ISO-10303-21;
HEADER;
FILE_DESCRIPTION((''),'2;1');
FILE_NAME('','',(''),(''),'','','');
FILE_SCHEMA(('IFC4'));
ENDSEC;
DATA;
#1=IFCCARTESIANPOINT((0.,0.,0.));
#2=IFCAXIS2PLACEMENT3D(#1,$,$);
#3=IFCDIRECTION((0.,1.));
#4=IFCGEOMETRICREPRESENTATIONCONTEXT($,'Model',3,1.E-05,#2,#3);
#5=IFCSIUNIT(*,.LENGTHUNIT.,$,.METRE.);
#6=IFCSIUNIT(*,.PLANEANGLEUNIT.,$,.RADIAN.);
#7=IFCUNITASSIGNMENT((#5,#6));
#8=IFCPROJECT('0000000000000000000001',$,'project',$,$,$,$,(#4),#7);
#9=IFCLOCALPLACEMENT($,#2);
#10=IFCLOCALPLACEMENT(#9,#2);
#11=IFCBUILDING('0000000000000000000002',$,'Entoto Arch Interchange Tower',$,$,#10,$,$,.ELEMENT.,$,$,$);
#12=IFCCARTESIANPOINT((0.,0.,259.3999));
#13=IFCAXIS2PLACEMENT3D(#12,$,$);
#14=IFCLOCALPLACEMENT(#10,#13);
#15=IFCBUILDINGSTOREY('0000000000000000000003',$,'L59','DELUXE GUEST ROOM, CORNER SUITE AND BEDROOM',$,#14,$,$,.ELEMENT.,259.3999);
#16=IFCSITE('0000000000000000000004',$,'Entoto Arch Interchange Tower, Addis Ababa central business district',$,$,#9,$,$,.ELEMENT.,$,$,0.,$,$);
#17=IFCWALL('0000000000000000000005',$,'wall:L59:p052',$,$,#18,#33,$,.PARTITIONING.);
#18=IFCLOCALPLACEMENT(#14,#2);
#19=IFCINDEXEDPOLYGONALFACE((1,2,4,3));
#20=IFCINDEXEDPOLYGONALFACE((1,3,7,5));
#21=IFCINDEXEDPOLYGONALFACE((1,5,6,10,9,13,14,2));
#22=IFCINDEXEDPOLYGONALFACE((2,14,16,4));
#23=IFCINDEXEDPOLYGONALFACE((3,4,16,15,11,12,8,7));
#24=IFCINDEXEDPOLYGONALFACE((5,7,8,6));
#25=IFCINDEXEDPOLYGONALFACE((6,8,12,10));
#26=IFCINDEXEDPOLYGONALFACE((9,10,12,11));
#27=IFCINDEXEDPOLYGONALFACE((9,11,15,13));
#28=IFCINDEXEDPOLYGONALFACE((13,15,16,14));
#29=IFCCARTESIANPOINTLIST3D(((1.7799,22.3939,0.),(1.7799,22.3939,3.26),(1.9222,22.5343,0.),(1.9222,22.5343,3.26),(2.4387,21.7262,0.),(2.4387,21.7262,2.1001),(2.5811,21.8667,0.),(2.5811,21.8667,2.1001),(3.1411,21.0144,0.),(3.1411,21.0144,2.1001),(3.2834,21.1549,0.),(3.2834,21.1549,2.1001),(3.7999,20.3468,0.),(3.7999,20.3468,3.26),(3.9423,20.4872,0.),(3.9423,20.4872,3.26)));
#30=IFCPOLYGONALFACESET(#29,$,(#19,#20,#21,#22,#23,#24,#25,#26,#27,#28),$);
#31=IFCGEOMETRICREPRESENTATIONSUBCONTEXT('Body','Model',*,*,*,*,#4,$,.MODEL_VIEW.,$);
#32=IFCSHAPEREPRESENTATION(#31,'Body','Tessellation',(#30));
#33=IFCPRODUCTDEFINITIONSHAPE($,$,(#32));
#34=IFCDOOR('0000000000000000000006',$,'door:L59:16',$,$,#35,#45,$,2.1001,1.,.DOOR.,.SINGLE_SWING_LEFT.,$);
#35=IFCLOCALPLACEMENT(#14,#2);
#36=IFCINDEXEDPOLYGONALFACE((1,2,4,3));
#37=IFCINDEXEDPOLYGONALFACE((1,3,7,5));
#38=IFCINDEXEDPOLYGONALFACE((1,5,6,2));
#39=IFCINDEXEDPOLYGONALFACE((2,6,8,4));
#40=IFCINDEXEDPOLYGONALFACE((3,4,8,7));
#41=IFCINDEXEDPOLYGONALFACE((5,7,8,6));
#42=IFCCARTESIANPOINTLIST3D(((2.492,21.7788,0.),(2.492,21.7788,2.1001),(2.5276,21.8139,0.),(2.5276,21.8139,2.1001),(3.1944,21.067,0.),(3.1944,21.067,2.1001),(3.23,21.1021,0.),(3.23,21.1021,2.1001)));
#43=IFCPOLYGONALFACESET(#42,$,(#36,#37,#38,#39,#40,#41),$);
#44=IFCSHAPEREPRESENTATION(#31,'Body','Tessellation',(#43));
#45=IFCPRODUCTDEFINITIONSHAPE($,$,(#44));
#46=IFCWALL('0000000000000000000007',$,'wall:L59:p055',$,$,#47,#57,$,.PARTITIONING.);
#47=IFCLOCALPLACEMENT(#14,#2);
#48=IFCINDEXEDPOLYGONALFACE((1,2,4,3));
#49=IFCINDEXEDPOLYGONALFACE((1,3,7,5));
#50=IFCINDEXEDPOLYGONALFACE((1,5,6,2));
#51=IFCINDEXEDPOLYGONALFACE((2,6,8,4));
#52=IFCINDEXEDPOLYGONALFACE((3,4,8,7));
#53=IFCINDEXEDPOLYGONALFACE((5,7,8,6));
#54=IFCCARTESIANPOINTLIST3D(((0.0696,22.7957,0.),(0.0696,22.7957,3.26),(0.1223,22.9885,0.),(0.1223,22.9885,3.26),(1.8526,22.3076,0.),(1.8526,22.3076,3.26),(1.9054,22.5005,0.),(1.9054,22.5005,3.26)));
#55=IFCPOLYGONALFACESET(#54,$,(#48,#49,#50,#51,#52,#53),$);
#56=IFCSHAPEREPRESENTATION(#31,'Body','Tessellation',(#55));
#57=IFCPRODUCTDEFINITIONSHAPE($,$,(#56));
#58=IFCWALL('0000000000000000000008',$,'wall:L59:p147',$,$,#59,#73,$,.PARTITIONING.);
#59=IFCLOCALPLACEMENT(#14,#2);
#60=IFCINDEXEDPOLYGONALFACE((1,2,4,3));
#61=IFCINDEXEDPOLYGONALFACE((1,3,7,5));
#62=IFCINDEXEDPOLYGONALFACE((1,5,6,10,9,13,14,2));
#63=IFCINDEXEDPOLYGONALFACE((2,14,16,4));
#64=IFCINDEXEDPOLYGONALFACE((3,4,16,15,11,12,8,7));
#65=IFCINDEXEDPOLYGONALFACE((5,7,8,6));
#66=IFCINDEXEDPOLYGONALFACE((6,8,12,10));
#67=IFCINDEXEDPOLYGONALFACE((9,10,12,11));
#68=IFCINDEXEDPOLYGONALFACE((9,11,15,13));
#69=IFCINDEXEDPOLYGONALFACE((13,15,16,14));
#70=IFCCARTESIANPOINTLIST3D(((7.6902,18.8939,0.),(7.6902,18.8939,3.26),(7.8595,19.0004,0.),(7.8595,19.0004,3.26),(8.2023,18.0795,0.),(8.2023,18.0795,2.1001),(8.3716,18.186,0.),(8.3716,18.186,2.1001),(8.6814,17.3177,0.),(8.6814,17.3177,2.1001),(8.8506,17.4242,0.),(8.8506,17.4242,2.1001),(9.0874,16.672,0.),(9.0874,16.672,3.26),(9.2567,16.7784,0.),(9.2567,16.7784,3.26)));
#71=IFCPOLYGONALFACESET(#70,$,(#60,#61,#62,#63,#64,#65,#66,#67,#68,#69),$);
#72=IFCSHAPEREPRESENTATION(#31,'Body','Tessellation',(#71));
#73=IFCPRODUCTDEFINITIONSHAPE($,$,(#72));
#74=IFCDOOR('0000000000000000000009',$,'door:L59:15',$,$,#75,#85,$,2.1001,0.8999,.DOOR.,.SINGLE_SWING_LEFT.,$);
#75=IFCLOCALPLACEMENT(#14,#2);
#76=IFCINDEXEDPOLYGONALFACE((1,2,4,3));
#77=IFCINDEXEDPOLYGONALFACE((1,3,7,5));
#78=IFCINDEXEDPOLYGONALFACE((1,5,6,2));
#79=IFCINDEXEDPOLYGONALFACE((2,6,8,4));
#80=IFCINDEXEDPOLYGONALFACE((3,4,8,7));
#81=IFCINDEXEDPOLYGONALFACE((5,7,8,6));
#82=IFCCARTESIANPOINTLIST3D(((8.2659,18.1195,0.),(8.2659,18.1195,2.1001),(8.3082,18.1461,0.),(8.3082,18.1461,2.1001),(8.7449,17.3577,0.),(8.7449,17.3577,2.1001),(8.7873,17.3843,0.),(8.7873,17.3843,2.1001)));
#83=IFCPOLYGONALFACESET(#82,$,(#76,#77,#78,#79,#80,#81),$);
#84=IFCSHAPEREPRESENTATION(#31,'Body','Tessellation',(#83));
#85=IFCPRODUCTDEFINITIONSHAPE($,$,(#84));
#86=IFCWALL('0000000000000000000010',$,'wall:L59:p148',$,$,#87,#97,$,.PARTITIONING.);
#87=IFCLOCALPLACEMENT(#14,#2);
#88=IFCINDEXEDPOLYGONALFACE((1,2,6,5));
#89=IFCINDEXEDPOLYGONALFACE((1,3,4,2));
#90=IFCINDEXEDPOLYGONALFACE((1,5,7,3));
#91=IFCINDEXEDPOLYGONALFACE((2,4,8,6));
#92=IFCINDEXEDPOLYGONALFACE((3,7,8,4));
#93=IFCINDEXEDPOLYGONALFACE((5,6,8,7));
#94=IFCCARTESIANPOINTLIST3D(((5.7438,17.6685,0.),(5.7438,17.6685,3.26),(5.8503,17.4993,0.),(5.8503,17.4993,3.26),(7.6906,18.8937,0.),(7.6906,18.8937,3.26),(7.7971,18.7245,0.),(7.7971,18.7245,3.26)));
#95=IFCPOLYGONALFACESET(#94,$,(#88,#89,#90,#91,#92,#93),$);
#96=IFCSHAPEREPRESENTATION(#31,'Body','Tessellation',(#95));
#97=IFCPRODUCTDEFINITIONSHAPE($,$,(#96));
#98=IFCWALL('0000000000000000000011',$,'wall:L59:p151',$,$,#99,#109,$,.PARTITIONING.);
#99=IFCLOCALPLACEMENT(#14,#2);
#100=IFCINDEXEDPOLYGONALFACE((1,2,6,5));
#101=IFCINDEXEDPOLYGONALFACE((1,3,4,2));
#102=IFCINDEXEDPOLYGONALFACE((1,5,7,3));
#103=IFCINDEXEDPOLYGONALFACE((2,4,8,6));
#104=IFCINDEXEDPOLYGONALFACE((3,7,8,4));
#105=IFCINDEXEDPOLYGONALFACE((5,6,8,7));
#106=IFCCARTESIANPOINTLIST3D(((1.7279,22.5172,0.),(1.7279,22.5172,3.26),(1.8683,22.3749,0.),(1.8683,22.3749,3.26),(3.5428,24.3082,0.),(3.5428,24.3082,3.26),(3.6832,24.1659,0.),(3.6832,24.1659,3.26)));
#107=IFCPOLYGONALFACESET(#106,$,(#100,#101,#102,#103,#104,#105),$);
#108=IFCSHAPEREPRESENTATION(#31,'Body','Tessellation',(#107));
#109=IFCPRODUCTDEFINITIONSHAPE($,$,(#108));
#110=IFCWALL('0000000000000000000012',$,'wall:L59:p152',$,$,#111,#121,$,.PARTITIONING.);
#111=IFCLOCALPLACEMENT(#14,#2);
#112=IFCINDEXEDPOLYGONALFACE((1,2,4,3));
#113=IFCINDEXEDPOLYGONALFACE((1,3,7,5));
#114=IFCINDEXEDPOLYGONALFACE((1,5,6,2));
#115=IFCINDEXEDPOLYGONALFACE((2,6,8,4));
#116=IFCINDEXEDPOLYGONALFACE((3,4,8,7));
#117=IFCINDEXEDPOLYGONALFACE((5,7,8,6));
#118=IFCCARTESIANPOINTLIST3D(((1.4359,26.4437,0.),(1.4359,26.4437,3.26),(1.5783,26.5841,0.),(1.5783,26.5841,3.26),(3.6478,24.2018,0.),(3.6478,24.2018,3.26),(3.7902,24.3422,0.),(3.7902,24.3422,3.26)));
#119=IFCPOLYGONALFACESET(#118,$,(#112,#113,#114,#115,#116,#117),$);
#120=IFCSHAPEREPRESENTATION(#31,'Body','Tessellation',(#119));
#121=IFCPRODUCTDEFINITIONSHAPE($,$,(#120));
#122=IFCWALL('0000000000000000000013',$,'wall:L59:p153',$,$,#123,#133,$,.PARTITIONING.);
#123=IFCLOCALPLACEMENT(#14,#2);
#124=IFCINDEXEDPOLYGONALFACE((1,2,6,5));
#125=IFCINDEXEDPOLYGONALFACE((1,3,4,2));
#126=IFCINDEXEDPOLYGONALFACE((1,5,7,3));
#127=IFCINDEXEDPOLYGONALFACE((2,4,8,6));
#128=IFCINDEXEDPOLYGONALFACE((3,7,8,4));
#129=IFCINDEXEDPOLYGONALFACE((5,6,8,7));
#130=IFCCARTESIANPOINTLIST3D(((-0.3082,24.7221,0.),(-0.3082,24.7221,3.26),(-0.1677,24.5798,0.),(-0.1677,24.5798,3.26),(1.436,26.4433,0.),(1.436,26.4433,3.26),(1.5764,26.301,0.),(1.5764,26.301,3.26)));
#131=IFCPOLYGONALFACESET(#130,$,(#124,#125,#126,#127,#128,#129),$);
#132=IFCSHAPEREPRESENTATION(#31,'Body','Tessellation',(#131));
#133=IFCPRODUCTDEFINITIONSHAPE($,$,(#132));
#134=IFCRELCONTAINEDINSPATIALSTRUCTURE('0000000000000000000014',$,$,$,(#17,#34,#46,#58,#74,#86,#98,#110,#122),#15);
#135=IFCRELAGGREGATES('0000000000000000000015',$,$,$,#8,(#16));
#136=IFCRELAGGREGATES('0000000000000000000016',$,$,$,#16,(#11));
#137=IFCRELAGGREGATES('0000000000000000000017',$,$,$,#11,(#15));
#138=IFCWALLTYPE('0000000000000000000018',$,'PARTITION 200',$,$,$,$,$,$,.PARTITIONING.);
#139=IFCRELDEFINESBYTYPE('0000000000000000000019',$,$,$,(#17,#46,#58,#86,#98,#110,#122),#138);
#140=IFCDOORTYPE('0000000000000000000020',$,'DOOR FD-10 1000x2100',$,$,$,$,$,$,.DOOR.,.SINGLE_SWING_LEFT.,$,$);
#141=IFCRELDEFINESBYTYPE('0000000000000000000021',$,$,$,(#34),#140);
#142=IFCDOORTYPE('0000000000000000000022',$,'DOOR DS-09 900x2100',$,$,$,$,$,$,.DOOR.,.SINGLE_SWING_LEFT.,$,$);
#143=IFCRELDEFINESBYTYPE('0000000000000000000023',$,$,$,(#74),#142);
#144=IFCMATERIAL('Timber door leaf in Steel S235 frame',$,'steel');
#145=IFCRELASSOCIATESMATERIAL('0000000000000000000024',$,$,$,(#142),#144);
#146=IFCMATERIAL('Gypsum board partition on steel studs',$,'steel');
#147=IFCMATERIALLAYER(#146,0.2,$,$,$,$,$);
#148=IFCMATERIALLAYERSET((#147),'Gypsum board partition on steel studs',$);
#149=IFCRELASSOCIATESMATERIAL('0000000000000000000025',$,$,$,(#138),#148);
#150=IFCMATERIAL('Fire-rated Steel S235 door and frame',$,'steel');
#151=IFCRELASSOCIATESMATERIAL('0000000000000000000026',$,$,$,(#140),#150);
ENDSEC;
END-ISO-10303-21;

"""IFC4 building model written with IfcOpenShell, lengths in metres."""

from ifc_helpers import new_model, si_unit, direction, frame, frame_2d, origin, place, context, subcontext, project, spatial, rectangle, extrude, material, layer, layer_set, type_object, element, fill, save


model = new_model("IFC4")

# Units and contexts
model_context = context("Model", 3, precision=1e-05, world=origin(), true_north=direction((0.0, 1.0)))
body_context = subcontext(model_context, "Body", "Model", "MODEL_VIEW")
ifc_project = project(units=[si_unit("LENGTHUNIT", "METRE"), si_unit("PLANEANGLEUNIT", "RADIAN")], contexts=[model_context])

# Site, building, storey
site_placement = place(None, origin())
site = spatial("IfcSite", under=ifc_project, at=site_placement, Name="Entoto Arch Interchange Tower, Addis Ababa central business district", CompositionType="ELEMENT", RefElevation=0.0)
building_placement = place(site_placement, origin())
building = spatial("IfcBuilding", under=site, at=building_placement, Name="Entoto Arch Interchange Tower", CompositionType="ELEMENT")
storey_placement = place(building_placement, frame((0.0, 0.0, 259.3999)))
storey = spatial("IfcBuildingStorey", under=building, at=storey_placement, Name="L59", Description="DELUXE GUEST ROOM, CORNER SUITE AND BEDROOM", CompositionType="ELEMENT", Elevation=259.3999)

# Shared definitions
ifc_material_1 = material(Name="Gypsum board partition on steel studs", Category="steel")
ifc_material_2 = material(Name="Timber door leaf in Steel S235 frame", Category="steel")
door_type_1 = type_object("IfcDoorType", Name="DOOR DS-09 900x2100", OperationType="SINGLE_SWING_LEFT", PredefinedType="DOOR", material=ifc_material_2)

# Shared definitions
ifc_layer_1 = layer(ifc_material_1, 0.2)
ifc_layer_set_1 = layer_set([ifc_layer_1], Name="Gypsum board partition on steel studs")
wall_type_1 = type_object("IfcWallType", Name="PARTITION 200", PredefinedType="PARTITIONING", material=ifc_layer_set_1)

# Shared definitions
ifc_material_3 = material(Name="Fire-rated Steel S235 door and frame", Category="steel")
door_type_2 = type_object("IfcDoorType", Name="DOOR FD-10 1000x2100", OperationType="SINGLE_SWING_LEFT", PredefinedType="DOOR", material=ifc_material_3)

# Wall, opening, door
wall_1_placement = place(storey_placement, frame((1.8511, 22.4641, 0.0), z_axis=(0.0, 0.0, 1.0), x_axis=(0.70238, -0.711802, 0.0)))
wall_1 = element("IfcWall", 1, at=wall_1_placement, inside=storey, type_object=wall_type_1, Name="wall:L59:p052", PredefinedType="PARTITIONING", context=body_context, shape_type="SweptSolid", body=[
    extrude(rectangle(XDim=2.876, YDim=0.2, at=frame_2d((1.438, 0.0))), origin(), (0.0, 0.0, 1.0), 3.26),
])
opening_1_placement = place(wall_1_placement, frame((0.938, 0.0, 0.0)))
opening_1 = element("IfcOpeningElement", 2, at=opening_1_placement, cuts=wall_1, PredefinedType="OPENING", context=body_context, shape_type="SweptSolid", body=[
    extrude(rectangle(XDim=1.0, YDim=2.1001, at=frame_2d((0.5, 1.05))), frame((0.0, 0.1099, 0.0), z_axis=(0.0, -1.0, 0.0), x_axis=(1.0, 0.0, 0.0)), (0.0, 0.0, 1.0), 0.22),
])
door_1_placement = place(opening_1_placement, origin())
door_1 = element("IfcDoor", 3, at=door_1_placement, inside=storey, type_object=door_type_2, Name="door:L59:16", OperationType="SINGLE_SWING_LEFT", OverallHeight=2.1001, OverallWidth=1.0, PredefinedType="DOOR", context=body_context, shape_type="SweptSolid", body=[
    extrude(rectangle(XDim=1.0, YDim=2.1001, at=frame_2d((0.5, 1.05))), frame((0.0, 0.0249, 0.0), z_axis=(0.0, -1.0, 0.0), x_axis=(1.0, 0.0, 0.0)), (0.0, 0.0, 1.0), 0.05),
])
fill(opening_1, door_1)

# Wall
wall_2_placement = place(storey_placement, frame((0.0959, 22.8921, 0.0), z_axis=(0.0, 0.0, 1.0), x_axis=(0.96452, -0.264011, 0.0)))
element("IfcWall", 4, at=wall_2_placement, inside=storey, type_object=wall_type_1, Name="wall:L59:p055", PredefinedType="PARTITIONING", context=body_context, shape_type="SweptSolid", body=[
    extrude(rectangle(XDim=1.8486, YDim=0.2, at=frame_2d((0.9243, 0.0))), origin(), (0.0, 0.0, 1.0), 3.26),
])

# Wall, opening, door
wall_3_placement = place(storey_placement, frame((9.1721, 16.7251, 0.0), z_axis=(0.0, 0.0, 1.0), x_axis=(-0.53233, 0.846537, 0.0)))
wall_3 = element("IfcWall", 5, at=wall_3_placement, inside=storey, type_object=wall_type_1, Name="wall:L59:p147", PredefinedType="PARTITIONING", context=body_context, shape_type="SweptSolid", body=[
    extrude(rectangle(XDim=2.6248, YDim=0.2, at=frame_2d((1.3125, 0.0))), origin(), (0.0, 0.0, 1.0), 3.26),
])
opening_2_placement = place(wall_3_placement, frame((0.7629, 0.0, 0.0)))
opening_2 = element("IfcOpeningElement", 6, at=opening_2_placement, cuts=wall_3, PredefinedType="OPENING", context=body_context, shape_type="SweptSolid", body=[
    extrude(rectangle(XDim=0.8999, YDim=2.1001, at=frame_2d((0.45, 1.05))), frame((0.0, 0.1099, 0.0), z_axis=(0.0, -1.0, 0.0), x_axis=(1.0, 0.0, 0.0)), (0.0, 0.0, 1.0), 0.22),
])
door_2_placement = place(opening_2_placement, origin())
door_2 = element("IfcDoor", 7, at=door_2_placement, inside=storey, type_object=door_type_1, Name="door:L59:15", OperationType="SINGLE_SWING_LEFT", OverallHeight=2.1001, OverallWidth=0.8999, PredefinedType="DOOR", context=body_context, shape_type="SweptSolid", body=[
    extrude(rectangle(XDim=0.8999, YDim=2.1001, at=frame_2d((0.45, 1.05))), frame((0.0, 0.0249, 0.0), z_axis=(0.0, -1.0, 0.0), x_axis=(1.0, 0.0, 0.0)), (0.0, 0.0, 1.0), 0.05),
])
fill(opening_2, door_2)

# Walls
wall_4_placement = place(storey_placement, frame((7.7439, 18.8091, 0.0), z_axis=(0.0, 0.0, 1.0), x_axis=(-0.84636, -0.532611, 0.0)))
element("IfcWall", 8, at=wall_4_placement, inside=storey, type_object=wall_type_1, Name="wall:L59:p148", PredefinedType="PARTITIONING", context=body_context, shape_type="SweptSolid", body=[
    extrude(rectangle(XDim=2.3003, YDim=0.2, at=frame_2d((1.1501, 0.0))), origin(), (0.0, 0.0, 1.0), 3.26),
])
wall_5_placement = place(storey_placement, frame((1.7981, 22.446, 0.0), z_axis=(0.0, 0.0, 1.0), x_axis=(0.711783, 0.7024, 0.0)))
element("IfcWall", 9, at=wall_5_placement, inside=storey, type_object=wall_type_1, Name="wall:L59:p151", PredefinedType="PARTITIONING", context=body_context, shape_type="SweptSolid", body=[
    extrude(rectangle(XDim=2.5498, YDim=0.2, at=frame_2d((1.2749, 0.0))), origin(), (0.0, 0.0, 1.0), 3.26),
])
wall_6_placement = place(storey_placement, frame((3.719, 24.272, 0.0), z_axis=(0.0, 0.0, 1.0), x_axis=(-0.702323, 0.711858, 0.0)))
element("IfcWall", 10, at=wall_6_placement, inside=storey, type_object=wall_type_1, Name="wall:L59:p152", PredefinedType="PARTITIONING", context=body_context, shape_type="SweptSolid", body=[
    extrude(rectangle(XDim=3.1494, YDim=0.2, at=frame_2d((1.5747, 0.0))), origin(), (0.0, 0.0, 1.0), 3.26),
])
wall_7_placement = place(storey_placement, frame((1.5061, 26.3721, 0.0), z_axis=(0.0, 0.0, 1.0), x_axis=(-0.711774, -0.702409, 0.0)))
element("IfcWall", 11, at=wall_7_placement, inside=storey, type_object=wall_type_1, Name="wall:L59:p153", PredefinedType="PARTITIONING", context=body_context, shape_type="SweptSolid", body=[
    extrude(rectangle(XDim=2.4504, YDim=0.2, at=frame_2d((1.2251, 0.0))), origin(), (0.0, 0.0, 1.0), 3.26),
])

save(model, "model.ifc")
